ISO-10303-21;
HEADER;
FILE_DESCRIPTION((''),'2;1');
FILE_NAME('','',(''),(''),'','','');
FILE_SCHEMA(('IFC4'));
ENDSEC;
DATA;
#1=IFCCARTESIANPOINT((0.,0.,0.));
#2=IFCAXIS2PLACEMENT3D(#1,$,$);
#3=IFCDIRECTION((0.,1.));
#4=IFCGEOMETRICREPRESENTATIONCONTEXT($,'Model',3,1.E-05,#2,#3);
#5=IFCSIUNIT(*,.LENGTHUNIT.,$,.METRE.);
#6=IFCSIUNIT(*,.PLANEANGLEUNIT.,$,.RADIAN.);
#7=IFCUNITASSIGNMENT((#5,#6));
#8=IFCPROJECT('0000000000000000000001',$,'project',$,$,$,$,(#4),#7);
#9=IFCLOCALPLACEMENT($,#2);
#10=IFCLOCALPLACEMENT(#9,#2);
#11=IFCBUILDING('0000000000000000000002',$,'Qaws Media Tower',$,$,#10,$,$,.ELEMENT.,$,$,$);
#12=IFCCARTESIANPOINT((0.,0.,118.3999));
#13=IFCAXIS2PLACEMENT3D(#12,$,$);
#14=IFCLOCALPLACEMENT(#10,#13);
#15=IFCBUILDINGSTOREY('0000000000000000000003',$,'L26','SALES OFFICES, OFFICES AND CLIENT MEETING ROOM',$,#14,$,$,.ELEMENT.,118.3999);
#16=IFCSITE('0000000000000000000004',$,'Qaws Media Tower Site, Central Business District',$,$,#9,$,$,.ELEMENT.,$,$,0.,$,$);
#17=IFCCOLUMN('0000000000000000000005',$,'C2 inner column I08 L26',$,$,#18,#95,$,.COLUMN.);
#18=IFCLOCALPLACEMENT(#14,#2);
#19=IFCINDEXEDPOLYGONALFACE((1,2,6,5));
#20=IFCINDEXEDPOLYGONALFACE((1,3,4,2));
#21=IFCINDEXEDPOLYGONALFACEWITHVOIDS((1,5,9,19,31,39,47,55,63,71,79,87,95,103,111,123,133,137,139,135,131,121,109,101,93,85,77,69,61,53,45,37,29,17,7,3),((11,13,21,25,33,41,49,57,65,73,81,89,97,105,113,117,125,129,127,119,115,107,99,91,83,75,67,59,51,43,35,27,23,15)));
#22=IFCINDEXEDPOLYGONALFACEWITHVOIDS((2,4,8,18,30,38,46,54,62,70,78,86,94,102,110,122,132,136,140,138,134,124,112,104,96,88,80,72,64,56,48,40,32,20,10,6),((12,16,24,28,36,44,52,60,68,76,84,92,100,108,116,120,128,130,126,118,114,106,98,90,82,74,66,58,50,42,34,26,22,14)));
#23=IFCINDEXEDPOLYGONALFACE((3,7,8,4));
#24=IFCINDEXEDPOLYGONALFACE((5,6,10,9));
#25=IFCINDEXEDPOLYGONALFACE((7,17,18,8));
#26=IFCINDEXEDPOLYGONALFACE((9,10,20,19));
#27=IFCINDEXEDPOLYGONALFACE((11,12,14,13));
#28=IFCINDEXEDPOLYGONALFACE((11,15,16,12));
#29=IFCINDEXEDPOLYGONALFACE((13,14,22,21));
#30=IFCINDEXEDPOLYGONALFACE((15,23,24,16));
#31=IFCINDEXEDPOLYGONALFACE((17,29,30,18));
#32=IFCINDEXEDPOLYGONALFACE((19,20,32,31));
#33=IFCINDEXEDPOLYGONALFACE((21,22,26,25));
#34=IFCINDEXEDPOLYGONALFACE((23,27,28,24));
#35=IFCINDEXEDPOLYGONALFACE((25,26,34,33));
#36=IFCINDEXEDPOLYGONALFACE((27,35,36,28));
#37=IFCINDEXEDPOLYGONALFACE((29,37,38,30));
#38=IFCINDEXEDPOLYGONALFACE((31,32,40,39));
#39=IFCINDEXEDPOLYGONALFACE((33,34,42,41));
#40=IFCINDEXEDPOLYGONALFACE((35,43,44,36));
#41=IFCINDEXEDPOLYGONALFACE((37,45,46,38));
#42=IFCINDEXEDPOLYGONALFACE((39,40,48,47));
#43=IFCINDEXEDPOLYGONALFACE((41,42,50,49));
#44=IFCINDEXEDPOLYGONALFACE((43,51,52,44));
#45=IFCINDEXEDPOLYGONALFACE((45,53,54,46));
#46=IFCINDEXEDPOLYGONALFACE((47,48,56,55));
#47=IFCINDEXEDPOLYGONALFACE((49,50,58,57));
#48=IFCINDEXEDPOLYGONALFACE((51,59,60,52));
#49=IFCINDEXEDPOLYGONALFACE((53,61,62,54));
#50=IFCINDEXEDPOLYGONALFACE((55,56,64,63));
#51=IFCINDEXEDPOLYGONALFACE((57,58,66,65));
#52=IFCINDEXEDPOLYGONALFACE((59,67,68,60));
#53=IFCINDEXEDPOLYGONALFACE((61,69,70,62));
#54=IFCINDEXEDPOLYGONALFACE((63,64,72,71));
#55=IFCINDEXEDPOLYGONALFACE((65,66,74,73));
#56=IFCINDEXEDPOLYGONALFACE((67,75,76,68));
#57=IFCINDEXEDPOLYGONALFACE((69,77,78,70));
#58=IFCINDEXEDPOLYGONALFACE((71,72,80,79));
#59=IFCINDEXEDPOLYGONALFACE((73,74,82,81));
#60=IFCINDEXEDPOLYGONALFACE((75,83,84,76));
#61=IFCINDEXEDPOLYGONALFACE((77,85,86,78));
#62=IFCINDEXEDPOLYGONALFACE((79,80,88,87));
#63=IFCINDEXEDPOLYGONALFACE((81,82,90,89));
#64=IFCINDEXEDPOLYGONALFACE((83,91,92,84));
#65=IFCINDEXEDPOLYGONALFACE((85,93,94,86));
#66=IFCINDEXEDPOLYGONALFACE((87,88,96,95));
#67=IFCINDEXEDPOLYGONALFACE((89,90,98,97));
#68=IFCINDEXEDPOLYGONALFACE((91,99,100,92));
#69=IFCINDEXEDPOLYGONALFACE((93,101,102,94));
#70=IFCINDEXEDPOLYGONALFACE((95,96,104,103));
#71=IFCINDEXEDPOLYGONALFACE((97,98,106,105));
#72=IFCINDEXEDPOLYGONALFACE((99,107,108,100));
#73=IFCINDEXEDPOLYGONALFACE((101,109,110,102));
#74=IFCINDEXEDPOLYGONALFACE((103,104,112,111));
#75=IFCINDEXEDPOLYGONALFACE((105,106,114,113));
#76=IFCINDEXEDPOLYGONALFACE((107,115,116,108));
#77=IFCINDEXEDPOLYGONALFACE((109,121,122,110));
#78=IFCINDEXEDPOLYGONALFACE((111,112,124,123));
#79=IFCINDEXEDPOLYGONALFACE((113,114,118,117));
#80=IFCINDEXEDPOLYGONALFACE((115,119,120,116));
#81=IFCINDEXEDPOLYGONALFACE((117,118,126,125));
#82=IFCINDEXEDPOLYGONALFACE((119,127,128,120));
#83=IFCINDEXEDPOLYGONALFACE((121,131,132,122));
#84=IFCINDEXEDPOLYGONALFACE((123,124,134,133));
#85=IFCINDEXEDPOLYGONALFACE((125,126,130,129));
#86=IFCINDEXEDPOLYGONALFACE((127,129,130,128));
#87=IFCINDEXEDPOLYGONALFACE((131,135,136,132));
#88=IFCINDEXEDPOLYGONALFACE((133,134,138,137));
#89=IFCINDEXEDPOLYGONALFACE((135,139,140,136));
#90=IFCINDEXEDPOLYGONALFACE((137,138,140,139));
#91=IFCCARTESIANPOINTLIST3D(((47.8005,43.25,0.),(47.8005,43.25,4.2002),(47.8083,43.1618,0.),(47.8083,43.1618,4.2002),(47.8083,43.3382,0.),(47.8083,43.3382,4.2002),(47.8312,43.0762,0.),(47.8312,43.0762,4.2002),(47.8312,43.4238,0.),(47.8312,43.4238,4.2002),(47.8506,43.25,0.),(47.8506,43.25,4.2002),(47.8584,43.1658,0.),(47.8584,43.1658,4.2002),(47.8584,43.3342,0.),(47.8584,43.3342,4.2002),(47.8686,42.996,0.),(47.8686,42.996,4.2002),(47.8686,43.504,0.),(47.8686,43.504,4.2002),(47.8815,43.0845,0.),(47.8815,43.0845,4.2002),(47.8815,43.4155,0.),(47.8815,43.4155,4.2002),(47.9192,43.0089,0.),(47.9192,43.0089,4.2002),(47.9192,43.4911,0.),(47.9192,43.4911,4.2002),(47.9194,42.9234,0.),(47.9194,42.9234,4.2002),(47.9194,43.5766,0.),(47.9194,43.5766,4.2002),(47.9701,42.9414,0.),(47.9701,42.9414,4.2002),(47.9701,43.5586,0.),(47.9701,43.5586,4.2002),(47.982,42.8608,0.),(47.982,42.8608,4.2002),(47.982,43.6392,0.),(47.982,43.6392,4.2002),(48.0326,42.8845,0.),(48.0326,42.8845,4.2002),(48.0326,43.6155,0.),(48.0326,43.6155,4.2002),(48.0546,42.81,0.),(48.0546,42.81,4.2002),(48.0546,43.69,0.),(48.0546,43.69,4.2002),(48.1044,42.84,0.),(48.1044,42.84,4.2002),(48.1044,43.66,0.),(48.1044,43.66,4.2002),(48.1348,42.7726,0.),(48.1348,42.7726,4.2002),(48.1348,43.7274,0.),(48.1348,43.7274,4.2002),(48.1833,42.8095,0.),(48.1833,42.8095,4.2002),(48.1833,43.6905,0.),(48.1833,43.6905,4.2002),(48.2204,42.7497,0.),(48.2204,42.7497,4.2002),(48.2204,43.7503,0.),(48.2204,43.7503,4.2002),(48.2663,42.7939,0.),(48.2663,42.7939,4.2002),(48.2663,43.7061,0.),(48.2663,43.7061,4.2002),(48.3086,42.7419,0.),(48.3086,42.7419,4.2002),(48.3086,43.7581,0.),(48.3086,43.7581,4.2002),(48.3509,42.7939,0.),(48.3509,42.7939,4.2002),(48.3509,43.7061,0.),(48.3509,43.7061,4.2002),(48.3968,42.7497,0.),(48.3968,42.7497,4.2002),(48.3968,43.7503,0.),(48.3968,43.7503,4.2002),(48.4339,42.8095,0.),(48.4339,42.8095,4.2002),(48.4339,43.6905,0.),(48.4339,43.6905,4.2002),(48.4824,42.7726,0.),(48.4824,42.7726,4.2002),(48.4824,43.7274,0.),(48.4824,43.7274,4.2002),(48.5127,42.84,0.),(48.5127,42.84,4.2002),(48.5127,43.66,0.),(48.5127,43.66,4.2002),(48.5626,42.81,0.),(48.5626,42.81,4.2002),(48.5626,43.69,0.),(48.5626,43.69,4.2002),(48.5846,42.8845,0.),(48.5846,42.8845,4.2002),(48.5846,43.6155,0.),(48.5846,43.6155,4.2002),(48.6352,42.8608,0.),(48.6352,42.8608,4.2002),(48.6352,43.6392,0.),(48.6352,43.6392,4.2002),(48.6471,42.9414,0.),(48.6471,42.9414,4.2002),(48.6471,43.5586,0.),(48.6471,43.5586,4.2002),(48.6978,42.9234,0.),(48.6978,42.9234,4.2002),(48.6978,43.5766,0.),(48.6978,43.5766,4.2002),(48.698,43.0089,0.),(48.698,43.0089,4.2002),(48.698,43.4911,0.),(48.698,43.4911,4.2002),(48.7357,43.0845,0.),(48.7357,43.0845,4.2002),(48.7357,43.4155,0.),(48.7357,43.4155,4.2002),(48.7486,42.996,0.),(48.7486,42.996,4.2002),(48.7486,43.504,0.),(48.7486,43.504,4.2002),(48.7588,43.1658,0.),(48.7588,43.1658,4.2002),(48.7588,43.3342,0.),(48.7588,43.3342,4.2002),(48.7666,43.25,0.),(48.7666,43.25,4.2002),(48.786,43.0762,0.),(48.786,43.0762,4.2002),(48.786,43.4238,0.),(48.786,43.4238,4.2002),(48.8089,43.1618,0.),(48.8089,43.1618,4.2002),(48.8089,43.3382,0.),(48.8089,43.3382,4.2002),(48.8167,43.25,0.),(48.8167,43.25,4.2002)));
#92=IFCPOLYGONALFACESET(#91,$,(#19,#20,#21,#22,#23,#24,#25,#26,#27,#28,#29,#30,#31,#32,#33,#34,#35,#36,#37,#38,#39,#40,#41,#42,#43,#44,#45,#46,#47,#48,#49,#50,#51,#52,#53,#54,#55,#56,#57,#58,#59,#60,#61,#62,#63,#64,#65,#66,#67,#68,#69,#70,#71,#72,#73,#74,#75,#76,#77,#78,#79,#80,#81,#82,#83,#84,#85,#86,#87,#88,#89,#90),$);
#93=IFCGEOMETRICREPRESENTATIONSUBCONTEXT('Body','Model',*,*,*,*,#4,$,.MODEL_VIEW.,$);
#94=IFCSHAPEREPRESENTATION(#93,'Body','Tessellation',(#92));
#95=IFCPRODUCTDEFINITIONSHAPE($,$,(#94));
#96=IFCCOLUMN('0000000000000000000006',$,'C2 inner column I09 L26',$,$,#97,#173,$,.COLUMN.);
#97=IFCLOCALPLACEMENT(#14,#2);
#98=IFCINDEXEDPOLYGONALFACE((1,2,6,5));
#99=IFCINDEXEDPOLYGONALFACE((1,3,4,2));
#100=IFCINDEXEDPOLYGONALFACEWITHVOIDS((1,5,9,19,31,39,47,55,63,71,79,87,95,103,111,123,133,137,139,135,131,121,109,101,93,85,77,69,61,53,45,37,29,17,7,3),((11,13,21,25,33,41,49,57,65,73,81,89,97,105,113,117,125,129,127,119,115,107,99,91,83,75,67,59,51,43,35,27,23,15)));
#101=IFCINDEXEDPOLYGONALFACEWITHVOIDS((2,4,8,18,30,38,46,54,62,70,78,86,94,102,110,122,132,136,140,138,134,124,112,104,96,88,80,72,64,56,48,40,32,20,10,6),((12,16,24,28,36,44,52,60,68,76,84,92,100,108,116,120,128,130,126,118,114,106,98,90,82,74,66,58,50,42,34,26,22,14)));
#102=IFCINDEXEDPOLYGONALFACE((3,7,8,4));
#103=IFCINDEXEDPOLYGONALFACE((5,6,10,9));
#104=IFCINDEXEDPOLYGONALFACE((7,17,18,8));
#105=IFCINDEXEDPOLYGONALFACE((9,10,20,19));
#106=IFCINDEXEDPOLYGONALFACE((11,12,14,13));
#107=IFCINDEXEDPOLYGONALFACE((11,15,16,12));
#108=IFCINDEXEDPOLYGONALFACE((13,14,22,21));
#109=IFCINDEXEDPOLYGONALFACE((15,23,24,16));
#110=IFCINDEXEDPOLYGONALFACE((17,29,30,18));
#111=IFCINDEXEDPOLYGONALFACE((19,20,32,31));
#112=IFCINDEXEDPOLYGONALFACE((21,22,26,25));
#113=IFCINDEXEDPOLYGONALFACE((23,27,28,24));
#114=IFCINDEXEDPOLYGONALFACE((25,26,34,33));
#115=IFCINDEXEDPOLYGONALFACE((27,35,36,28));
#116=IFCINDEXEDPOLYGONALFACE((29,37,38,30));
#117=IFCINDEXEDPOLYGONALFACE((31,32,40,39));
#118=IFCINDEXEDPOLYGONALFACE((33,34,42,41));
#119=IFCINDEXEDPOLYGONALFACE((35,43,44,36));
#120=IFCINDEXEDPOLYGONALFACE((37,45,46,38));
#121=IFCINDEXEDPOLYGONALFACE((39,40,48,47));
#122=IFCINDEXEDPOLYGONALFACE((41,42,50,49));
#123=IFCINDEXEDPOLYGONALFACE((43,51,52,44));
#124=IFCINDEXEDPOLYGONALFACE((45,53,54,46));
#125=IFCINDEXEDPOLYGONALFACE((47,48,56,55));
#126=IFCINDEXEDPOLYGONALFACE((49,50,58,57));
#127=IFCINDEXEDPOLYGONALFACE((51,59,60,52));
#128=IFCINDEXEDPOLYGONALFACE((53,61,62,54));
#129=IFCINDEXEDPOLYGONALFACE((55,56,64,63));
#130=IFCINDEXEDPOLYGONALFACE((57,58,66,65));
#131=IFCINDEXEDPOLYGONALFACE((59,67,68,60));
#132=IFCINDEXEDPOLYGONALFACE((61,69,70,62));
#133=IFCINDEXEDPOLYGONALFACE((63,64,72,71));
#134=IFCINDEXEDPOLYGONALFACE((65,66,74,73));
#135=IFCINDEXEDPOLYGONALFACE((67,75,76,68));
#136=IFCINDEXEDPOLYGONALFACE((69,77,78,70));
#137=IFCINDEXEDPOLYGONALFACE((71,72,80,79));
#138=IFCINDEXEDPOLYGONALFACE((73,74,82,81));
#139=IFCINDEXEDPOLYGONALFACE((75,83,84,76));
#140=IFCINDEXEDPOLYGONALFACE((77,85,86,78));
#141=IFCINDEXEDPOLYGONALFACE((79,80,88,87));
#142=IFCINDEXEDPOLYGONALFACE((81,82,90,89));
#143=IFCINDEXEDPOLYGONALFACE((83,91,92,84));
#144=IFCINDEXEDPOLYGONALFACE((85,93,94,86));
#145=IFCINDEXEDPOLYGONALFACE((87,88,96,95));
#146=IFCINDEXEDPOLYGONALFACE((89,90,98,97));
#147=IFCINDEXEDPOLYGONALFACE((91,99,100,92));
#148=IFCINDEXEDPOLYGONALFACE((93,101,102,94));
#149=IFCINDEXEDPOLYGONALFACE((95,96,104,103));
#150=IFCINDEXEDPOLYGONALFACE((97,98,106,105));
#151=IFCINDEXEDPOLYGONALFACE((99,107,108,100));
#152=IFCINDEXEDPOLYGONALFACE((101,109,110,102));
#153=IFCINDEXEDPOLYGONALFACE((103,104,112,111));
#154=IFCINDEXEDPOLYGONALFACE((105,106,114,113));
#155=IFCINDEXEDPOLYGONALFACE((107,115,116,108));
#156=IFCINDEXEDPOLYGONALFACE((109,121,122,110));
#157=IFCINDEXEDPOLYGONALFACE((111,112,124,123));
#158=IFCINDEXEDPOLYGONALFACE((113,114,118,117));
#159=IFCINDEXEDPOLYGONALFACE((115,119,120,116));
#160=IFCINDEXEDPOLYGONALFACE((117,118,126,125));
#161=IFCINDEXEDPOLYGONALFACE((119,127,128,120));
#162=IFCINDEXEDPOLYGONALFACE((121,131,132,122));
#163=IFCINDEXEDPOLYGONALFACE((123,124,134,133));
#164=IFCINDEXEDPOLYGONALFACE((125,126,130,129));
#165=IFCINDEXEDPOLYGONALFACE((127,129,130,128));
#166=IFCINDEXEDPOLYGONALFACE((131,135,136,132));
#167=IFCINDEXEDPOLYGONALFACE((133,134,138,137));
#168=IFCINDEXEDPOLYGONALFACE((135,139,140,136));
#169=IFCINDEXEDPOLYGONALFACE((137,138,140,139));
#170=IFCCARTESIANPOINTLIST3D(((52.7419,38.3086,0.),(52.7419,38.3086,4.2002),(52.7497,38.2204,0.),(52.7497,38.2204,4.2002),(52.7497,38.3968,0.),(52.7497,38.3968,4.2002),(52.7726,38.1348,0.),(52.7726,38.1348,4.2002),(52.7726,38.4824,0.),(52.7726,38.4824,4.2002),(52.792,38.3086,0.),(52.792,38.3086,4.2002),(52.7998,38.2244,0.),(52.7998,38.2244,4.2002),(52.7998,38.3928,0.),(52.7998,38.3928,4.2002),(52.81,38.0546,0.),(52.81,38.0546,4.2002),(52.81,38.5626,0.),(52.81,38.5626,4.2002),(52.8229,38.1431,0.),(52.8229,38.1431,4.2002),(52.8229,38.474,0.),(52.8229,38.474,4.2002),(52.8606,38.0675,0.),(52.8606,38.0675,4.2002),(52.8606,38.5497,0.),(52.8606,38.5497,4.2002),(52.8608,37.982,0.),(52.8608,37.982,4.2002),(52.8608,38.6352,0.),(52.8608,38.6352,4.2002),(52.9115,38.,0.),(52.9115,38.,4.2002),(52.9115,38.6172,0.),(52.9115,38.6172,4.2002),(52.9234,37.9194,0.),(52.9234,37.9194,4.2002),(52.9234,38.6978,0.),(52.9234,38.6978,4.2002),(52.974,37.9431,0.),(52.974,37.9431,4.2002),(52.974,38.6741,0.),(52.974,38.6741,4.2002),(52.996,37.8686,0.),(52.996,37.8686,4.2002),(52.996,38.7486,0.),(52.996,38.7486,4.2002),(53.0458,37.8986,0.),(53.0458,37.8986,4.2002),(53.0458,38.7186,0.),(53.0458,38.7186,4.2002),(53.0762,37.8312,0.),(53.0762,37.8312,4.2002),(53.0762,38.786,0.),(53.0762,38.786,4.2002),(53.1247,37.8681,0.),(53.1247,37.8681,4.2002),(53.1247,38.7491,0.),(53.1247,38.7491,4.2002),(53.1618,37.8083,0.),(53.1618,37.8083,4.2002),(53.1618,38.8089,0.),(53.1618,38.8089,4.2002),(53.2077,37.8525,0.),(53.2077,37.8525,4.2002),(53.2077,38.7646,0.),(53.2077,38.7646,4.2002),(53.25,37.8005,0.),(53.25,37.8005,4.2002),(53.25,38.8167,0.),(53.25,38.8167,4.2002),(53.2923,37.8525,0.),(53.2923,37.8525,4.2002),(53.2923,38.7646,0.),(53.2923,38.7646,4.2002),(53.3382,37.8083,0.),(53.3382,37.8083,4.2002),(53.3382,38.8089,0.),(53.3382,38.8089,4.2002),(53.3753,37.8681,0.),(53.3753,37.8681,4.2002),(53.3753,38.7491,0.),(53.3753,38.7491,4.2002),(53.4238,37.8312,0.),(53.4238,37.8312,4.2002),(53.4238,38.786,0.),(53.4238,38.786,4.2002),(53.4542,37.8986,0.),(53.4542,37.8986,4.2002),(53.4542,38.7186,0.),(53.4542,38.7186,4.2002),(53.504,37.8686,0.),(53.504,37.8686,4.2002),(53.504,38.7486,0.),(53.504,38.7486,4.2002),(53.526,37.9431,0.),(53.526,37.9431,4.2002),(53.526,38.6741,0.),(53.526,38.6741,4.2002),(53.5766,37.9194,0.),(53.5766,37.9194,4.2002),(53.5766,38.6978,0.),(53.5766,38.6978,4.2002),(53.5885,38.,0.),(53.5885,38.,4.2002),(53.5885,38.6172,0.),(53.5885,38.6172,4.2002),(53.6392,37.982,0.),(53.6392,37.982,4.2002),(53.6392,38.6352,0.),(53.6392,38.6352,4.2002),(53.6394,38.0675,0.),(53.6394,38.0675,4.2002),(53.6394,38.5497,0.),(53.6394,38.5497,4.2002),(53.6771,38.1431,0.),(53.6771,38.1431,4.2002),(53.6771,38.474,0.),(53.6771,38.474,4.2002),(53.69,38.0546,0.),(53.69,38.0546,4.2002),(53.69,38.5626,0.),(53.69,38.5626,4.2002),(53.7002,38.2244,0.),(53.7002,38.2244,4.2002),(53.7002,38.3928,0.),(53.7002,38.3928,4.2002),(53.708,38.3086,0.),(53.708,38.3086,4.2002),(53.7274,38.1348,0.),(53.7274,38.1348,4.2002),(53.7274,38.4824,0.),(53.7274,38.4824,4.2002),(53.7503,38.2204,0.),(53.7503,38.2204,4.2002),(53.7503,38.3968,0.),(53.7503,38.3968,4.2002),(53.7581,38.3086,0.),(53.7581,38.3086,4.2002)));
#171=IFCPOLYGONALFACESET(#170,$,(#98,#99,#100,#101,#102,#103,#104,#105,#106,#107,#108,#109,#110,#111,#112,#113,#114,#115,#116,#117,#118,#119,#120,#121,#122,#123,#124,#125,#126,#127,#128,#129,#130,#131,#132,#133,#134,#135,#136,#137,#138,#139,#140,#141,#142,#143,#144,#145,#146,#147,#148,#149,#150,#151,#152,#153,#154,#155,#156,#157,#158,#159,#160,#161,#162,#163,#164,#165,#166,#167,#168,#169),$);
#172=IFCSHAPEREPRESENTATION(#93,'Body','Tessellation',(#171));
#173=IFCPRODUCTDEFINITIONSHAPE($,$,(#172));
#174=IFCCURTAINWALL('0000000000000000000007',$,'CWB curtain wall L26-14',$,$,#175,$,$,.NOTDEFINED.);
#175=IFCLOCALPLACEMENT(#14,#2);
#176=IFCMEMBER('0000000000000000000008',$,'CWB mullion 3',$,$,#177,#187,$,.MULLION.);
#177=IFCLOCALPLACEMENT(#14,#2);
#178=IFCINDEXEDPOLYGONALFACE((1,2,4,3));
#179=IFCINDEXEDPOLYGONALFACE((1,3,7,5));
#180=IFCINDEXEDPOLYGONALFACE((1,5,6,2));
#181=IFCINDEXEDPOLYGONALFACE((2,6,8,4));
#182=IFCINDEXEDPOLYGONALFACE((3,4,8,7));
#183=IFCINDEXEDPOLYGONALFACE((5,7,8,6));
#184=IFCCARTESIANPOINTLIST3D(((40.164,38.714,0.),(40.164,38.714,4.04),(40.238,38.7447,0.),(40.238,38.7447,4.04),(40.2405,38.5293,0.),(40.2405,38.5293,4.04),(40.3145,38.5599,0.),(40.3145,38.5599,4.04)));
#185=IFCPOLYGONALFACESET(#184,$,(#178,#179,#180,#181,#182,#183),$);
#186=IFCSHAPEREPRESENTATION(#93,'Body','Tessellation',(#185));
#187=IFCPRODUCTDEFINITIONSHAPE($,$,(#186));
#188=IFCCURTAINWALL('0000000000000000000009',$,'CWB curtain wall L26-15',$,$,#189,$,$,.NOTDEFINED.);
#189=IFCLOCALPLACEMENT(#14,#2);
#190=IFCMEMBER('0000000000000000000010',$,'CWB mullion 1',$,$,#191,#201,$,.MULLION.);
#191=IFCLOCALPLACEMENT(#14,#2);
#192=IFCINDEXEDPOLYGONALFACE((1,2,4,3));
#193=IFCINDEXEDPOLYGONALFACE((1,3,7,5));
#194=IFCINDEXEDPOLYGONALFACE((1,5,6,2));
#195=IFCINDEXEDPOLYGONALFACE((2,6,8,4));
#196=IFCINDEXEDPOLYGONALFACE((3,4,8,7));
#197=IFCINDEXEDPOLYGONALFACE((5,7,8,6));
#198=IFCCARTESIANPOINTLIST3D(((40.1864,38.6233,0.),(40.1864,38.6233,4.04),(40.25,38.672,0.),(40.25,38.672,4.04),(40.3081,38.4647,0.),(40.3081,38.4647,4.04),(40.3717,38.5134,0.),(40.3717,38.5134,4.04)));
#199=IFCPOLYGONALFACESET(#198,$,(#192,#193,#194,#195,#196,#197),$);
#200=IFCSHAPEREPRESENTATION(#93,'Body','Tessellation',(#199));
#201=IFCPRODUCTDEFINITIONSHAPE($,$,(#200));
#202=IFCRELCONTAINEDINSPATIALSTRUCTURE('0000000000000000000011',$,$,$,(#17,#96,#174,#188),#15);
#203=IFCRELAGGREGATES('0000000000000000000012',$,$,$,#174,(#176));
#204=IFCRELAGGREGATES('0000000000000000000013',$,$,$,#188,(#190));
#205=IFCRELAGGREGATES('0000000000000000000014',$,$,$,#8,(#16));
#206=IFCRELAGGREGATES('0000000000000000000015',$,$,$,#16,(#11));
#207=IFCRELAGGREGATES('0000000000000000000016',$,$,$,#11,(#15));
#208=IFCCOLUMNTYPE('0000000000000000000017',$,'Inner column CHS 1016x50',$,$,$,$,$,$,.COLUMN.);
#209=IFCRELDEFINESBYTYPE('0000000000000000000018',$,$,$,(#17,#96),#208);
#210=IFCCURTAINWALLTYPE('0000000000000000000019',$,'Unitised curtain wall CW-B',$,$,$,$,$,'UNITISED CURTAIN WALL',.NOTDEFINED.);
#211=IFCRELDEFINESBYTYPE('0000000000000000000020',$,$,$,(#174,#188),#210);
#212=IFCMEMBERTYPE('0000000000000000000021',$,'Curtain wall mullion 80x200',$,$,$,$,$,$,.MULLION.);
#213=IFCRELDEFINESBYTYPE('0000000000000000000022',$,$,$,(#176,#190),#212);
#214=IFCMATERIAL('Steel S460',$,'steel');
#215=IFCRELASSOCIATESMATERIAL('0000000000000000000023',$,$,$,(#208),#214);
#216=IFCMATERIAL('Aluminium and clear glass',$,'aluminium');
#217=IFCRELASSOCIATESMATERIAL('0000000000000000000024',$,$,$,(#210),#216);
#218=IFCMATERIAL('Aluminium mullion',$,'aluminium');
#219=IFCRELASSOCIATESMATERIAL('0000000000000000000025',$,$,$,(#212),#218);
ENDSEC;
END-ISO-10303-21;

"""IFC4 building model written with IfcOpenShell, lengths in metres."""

from ifc_helpers import new_model, si_unit, direction, frame, origin, origin_2d, place, context, subcontext, project, spatial, rectangle, hollow_circle, extrude, material, material_profile, profile_set, type_object, element, aggregate, save


model = new_model("IFC4")

# Units and contexts
model_context = context("Model", 3, precision=1e-05, world=origin(), true_north=direction((0.0, 1.0)))
body_context = subcontext(model_context, "Body", "Model", "MODEL_VIEW")
ifc_project = project(units=[si_unit("LENGTHUNIT", "METRE"), si_unit("PLANEANGLEUNIT", "RADIAN")], contexts=[model_context])

# Site, building, storey
site_placement = place(None, origin())
site = spatial("IfcSite", under=ifc_project, at=site_placement, Name="Qaws Media Tower Site, Central Business District", CompositionType="ELEMENT", RefElevation=0.0)
building_placement = place(site_placement, origin())
building = spatial("IfcBuilding", under=site, at=building_placement, Name="Qaws Media Tower", CompositionType="ELEMENT")
storey_placement = place(building_placement, frame((0.0, 0.0, 118.3999)))
storey = spatial("IfcBuildingStorey", under=building, at=storey_placement, Name="L26", Description="SALES OFFICES, OFFICES AND CLIENT MEETING ROOM", CompositionType="ELEMENT", Elevation=118.3999)

# Columns
ifc_material_1 = material(Name="Steel S460", Category="steel")
ifc_material_profile_1 = material_profile(ifc_material_1, hollow_circle(Radius=0.5081, WallThickness=0.05, at=origin_2d()), Name="CHS 1016x50")
ifc_profile_set_1 = profile_set([ifc_material_profile_1], Name="Steel S460")
column_type = type_object("IfcColumnType", Name="Inner column CHS 1016x50", PredefinedType="COLUMN", material=ifc_profile_set_1)
for number, where, z_axis, x_axis, name in (
    (1, (48.3086, 43.25, 0.0), (0.0, 0.0, 1.0), (1.0, 0.0, 0.0), "C2 inner column I08 L26"),
    (2, (53.25, 38.3086, 0.0), (0.0, 0.0, 1.0), (1.0, 0.0, 0.0), "C2 inner column I09 L26"),
):
    element("IfcColumn", number, at=place(storey_placement, frame(where, z_axis=z_axis, x_axis=x_axis)), inside=storey, type_object=column_type, Name=name, PredefinedType="COLUMN", context=body_context, shape_type="SweptSolid", body=[
        extrude(hollow_circle(Radius=0.5081, WallThickness=0.05, at=origin_2d()), origin(), (0.0, 0.0, 1.0), 4.2002),
    ])

# Curtain wall, member
ifc_material_2 = material(Name="Aluminium and clear glass", Category="aluminium")
curtain_wall_type = type_object("IfcCurtainWallType", Name="Unitised curtain wall CW-B", ElementType="UNITISED CURTAIN WALL", PredefinedType="NOTDEFINED", material=ifc_material_2)
curtain_wall_1_placement = place(storey_placement, origin())
curtain_wall_1 = element("IfcCurtainWall", 3, at=curtain_wall_1_placement, inside=storey, type_object=curtain_wall_type, Name="CWB curtain wall L26-14", PredefinedType="NOTDEFINED")
ifc_material_3 = material(Name="Aluminium mullion", Category="aluminium")
ifc_material_profile_2 = material_profile(ifc_material_3, rectangle(XDim=0.0801, YDim=0.2, at=origin_2d()), Name="80x200")
ifc_profile_set_2 = profile_set([ifc_material_profile_2], Name="Aluminium mullion")
member_type_1 = type_object("IfcMemberType", Name="Curtain wall mullion 80x200", PredefinedType="MULLION", material=ifc_profile_set_2)
member_1_placement = place(storey_placement, frame((40.2393, 38.637, 0.0), z_axis=(0.0, 0.0, 1.0), x_axis=(0.92388, 0.382683, 0.0)))
member_1 = element("IfcMember", 4, at=member_1_placement, type_object=member_type_1, Name="CWB mullion 3", PredefinedType="MULLION", context=body_context, shape_type="SweptSolid", body=[
    extrude(rectangle(XDim=0.0801, YDim=0.2, at=origin_2d()), origin(), (0.0, 0.0, 1.0), 4.04),
])
aggregate(curtain_wall_1, [member_1])

# Curtain wall, member
curtain_wall_2_placement = place(storey_placement, origin())
curtain_wall_2 = element("IfcCurtainWall", 5, at=curtain_wall_2_placement, inside=storey, type_object=curtain_wall_type, Name="CWB curtain wall L26-15", PredefinedType="NOTDEFINED")
member_2_placement = place(storey_placement, frame((40.2791, 38.5684, 0.0), z_axis=(0.0, 0.0, 1.0), x_axis=(0.793353, 0.608761, 0.0)))
member_2 = element("IfcMember", 6, at=member_2_placement, type_object=member_type_1, Name="CWB mullion 1", PredefinedType="MULLION", context=body_context, shape_type="SweptSolid", body=[
    extrude(rectangle(XDim=0.0801, YDim=0.2, at=origin_2d()), origin(), (0.0, 0.0, 1.0), 4.04),
])

aggregate(curtain_wall_2, [member_2])

save(model, "model.ifc")
